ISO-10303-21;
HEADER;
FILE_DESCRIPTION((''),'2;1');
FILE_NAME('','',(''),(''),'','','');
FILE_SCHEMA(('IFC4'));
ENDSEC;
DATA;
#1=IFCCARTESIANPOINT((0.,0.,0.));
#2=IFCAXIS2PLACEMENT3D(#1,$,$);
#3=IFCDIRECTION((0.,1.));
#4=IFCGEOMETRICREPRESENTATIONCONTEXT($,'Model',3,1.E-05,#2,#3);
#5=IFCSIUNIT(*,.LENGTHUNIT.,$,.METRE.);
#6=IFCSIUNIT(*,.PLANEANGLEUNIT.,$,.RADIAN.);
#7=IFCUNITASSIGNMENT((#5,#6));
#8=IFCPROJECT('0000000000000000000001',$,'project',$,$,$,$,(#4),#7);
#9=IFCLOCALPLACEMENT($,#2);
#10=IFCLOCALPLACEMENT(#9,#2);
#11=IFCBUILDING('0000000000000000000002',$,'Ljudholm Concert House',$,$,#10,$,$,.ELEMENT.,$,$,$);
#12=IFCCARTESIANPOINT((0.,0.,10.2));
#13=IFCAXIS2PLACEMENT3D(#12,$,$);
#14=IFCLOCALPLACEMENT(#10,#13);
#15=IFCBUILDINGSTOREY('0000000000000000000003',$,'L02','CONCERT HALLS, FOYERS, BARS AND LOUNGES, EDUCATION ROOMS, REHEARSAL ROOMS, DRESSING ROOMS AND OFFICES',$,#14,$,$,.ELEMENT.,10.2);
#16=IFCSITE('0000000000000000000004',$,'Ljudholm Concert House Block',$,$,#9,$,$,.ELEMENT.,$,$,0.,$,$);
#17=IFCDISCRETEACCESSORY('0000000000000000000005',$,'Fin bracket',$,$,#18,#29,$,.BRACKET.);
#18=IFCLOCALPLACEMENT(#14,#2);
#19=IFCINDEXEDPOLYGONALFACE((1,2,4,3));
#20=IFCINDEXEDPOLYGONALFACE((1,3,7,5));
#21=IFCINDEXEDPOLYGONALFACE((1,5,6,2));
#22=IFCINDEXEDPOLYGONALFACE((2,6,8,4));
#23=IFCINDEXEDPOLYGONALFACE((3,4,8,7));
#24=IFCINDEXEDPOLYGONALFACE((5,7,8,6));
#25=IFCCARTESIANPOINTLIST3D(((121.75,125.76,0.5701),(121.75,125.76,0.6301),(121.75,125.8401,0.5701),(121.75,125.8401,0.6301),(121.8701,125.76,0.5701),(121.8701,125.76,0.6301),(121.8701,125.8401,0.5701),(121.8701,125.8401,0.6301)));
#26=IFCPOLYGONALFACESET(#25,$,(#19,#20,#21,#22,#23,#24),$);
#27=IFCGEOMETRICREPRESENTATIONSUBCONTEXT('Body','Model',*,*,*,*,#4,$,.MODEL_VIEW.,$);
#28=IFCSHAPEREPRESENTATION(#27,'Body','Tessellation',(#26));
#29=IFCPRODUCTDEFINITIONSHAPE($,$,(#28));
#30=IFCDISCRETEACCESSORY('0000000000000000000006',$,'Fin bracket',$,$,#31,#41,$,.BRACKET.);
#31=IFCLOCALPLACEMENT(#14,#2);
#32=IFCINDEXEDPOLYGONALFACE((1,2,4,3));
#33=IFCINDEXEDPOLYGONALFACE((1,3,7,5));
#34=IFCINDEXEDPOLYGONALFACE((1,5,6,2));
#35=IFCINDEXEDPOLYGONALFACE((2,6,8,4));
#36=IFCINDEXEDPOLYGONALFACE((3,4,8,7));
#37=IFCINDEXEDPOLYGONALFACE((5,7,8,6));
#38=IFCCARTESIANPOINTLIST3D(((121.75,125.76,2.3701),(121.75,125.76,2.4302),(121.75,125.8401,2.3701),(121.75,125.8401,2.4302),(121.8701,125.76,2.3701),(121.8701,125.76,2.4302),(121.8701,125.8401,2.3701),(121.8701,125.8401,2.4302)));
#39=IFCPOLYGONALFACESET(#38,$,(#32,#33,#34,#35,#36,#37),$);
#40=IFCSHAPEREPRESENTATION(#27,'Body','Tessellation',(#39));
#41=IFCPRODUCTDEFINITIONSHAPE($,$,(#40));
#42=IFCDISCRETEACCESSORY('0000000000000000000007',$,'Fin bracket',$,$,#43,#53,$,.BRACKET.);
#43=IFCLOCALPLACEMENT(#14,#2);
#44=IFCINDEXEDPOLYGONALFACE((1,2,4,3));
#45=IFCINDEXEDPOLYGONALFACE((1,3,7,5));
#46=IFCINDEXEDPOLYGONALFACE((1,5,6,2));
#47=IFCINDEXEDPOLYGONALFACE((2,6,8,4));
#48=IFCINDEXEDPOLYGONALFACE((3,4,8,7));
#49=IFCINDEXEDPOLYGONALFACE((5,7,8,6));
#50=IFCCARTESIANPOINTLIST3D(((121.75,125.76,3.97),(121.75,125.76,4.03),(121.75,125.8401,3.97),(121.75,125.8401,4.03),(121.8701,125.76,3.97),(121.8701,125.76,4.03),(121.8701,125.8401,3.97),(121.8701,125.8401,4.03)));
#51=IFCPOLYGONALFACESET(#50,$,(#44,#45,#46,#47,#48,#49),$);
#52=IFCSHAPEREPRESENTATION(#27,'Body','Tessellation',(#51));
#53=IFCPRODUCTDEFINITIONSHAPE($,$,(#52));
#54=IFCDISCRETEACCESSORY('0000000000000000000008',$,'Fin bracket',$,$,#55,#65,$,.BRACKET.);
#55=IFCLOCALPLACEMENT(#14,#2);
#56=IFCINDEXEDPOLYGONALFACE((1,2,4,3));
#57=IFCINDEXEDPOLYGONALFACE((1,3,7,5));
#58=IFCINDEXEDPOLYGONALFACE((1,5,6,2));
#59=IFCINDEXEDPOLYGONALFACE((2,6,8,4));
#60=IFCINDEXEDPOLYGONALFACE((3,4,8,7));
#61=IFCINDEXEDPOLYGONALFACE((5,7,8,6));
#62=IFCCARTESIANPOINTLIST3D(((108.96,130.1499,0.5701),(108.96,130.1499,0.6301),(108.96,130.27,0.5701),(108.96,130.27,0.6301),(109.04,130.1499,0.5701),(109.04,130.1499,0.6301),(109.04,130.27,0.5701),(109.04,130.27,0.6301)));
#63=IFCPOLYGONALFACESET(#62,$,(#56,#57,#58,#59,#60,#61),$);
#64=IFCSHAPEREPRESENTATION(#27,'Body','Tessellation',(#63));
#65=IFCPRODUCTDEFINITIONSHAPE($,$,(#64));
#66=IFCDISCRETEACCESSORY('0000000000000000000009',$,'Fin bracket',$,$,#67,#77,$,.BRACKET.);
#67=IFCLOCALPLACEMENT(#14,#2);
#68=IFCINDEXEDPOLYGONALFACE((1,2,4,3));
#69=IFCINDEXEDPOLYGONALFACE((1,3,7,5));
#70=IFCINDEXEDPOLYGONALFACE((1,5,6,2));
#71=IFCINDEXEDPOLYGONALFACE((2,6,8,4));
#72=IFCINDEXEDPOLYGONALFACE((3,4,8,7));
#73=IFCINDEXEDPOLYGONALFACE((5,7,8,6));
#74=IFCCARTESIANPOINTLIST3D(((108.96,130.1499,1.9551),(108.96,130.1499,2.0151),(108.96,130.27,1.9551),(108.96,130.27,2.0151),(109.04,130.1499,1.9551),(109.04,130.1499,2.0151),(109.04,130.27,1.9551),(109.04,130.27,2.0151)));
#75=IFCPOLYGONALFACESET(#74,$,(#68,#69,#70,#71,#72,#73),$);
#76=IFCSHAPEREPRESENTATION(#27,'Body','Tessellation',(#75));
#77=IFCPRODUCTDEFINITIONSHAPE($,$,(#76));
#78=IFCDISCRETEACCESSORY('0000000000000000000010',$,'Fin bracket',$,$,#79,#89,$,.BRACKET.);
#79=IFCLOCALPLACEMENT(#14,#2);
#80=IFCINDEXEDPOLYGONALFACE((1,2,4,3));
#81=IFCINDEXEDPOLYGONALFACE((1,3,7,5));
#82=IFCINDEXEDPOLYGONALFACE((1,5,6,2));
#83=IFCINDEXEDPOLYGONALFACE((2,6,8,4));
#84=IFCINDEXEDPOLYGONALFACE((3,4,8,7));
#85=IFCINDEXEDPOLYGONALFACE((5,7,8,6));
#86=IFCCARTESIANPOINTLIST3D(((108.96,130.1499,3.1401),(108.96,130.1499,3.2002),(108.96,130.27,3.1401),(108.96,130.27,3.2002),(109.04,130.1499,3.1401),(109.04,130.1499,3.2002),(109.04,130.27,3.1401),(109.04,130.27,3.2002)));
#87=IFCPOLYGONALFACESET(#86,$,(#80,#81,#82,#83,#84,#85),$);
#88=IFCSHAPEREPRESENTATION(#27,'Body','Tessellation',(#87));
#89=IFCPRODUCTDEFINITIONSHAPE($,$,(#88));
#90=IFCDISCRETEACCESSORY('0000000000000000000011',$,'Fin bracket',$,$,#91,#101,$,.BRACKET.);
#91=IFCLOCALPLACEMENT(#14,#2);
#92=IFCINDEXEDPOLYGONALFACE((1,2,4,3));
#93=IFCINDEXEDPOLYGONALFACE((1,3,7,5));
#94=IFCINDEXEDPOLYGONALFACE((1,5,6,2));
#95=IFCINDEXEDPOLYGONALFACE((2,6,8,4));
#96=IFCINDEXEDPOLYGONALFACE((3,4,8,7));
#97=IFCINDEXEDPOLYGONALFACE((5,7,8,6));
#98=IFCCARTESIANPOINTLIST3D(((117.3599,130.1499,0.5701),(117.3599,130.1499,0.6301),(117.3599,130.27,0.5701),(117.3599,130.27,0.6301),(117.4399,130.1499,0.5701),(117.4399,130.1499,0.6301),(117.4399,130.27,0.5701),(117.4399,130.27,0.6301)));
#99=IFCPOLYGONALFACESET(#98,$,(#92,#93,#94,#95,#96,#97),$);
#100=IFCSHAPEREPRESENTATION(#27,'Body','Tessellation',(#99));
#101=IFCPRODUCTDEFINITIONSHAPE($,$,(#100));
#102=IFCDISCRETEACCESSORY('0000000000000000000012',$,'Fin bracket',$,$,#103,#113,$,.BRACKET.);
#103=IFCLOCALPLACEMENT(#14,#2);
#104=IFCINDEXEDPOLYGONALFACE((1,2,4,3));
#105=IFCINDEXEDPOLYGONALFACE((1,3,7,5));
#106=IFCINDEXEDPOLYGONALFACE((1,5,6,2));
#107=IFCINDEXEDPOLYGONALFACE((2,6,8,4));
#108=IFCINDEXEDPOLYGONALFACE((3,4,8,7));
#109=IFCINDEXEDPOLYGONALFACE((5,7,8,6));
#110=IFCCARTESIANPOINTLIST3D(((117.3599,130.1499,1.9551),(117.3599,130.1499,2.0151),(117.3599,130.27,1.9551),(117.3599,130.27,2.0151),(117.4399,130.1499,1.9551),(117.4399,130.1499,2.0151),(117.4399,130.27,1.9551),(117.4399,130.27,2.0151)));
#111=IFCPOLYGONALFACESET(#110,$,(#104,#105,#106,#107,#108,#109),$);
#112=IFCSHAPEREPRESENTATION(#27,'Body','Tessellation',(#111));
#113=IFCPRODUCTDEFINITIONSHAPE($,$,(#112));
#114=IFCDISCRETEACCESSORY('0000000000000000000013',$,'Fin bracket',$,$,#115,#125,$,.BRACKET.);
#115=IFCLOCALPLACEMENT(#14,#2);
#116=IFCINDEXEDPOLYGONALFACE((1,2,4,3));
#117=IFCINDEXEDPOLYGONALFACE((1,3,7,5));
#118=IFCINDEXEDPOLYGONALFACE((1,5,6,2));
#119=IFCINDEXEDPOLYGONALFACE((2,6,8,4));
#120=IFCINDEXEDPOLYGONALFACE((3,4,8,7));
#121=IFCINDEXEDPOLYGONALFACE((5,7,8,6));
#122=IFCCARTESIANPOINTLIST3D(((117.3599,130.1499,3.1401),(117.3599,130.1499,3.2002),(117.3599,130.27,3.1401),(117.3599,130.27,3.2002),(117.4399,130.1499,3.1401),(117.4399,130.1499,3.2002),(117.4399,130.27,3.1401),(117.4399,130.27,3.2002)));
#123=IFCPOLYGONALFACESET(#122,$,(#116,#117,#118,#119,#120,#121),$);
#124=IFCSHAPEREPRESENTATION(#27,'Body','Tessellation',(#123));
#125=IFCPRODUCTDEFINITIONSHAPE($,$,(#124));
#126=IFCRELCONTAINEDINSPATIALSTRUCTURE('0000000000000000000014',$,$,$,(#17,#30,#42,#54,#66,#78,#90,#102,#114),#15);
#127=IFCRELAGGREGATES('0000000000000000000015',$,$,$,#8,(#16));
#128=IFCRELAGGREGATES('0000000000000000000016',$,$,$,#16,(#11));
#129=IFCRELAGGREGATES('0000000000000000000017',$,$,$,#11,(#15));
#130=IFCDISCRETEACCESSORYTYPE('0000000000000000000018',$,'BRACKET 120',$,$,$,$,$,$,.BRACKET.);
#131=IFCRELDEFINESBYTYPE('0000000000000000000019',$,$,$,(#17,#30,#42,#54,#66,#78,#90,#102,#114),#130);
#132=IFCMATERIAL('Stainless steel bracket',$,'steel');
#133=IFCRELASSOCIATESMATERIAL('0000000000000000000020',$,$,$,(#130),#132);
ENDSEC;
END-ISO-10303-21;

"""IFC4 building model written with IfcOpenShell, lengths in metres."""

from ifc_helpers import new_model, si_unit, direction, frame, origin, origin_2d, place, context, subcontext, project, spatial, rectangle, extrude, material, type_object, element, save


model = new_model("IFC4")

# Units and contexts
model_context = context("Model", 3, precision=1e-05, world=origin(), true_north=direction((0.0, 1.0)))
body_context = subcontext(model_context, "Body", "Model", "MODEL_VIEW")
ifc_project = project(units=[si_unit("LENGTHUNIT", "METRE"), si_unit("PLANEANGLEUNIT", "RADIAN")], contexts=[model_context])

# Site, building, storey
site_placement = place(None, origin())
site = spatial("IfcSite", under=ifc_project, at=site_placement, Name="Ljudholm Concert House Block", CompositionType="ELEMENT", RefElevation=0.0)
building_placement = place(site_placement, origin())
building = spatial("IfcBuilding", under=site, at=building_placement, Name="Ljudholm Concert House", CompositionType="ELEMENT")
storey_placement = place(building_placement, frame((0.0, 0.0, 10.2)))
storey = spatial("IfcBuildingStorey", under=building, at=storey_placement, Name="L02", Description="CONCERT HALLS, FOYERS, BARS AND LOUNGES, EDUCATION ROOMS, REHEARSAL ROOMS, DRESSING ROOMS AND OFFICES", CompositionType="ELEMENT", Elevation=10.2)

# Discrete accessories
ifc_material_1 = material(Name="Stainless steel bracket", Category="steel")
discrete_accessory_type = type_object("IfcDiscreteAccessoryType", Name="BRACKET 120", PredefinedType="BRACKET", material=ifc_material_1)
for number, where, z_axis, x_axis, name in (
    (1, (121.8101, 125.8, 0.5701), (0.0, 0.0, 1.0), (1.0, 0.0, 0.0), "Fin bracket"),
    (2, (121.8101, 125.8, 2.3701), (0.0, 0.0, 1.0), (1.0, 0.0, 0.0), "Fin bracket"),
    (3, (121.8101, 125.8, 3.97), (0.0, 0.0, 1.0), (1.0, 0.0, 0.0), "Fin bracket"),
    (4, (109.0, 130.21, 0.5701), (0.0, 0.0, 1.0), (0.0, 1.0, 0.0), "Fin bracket"),
    (5, (109.0, 130.21, 1.9551), (0.0, 0.0, 1.0), (0.0, 1.0, 0.0), "Fin bracket"),
    (6, (109.0, 130.21, 3.1401), (0.0, 0.0, 1.0), (0.0, 1.0, 0.0), "Fin bracket"),
    (7, (117.3999, 130.21, 0.5701), (0.0, 0.0, 1.0), (0.0, 1.0, 0.0), "Fin bracket"),
    (8, (117.3999, 130.21, 1.9551), (0.0, 0.0, 1.0), (0.0, 1.0, 0.0), "Fin bracket"),
    (9, (117.3999, 130.21, 3.1401), (0.0, 0.0, 1.0), (0.0, 1.0, 0.0), "Fin bracket"),
):
    element("IfcDiscreteAccessory", number, at=place(storey_placement, frame(where, z_axis=z_axis, x_axis=x_axis)), inside=storey, type_object=discrete_accessory_type, Name=name, PredefinedType="BRACKET", context=body_context, shape_type="SweptSolid", body=[
        extrude(rectangle(XDim=0.1201, YDim=0.0801, at=origin_2d()), origin(), (0.0, 0.0, 1.0), 0.0601),
    ])

save(model, "model.ifc")
